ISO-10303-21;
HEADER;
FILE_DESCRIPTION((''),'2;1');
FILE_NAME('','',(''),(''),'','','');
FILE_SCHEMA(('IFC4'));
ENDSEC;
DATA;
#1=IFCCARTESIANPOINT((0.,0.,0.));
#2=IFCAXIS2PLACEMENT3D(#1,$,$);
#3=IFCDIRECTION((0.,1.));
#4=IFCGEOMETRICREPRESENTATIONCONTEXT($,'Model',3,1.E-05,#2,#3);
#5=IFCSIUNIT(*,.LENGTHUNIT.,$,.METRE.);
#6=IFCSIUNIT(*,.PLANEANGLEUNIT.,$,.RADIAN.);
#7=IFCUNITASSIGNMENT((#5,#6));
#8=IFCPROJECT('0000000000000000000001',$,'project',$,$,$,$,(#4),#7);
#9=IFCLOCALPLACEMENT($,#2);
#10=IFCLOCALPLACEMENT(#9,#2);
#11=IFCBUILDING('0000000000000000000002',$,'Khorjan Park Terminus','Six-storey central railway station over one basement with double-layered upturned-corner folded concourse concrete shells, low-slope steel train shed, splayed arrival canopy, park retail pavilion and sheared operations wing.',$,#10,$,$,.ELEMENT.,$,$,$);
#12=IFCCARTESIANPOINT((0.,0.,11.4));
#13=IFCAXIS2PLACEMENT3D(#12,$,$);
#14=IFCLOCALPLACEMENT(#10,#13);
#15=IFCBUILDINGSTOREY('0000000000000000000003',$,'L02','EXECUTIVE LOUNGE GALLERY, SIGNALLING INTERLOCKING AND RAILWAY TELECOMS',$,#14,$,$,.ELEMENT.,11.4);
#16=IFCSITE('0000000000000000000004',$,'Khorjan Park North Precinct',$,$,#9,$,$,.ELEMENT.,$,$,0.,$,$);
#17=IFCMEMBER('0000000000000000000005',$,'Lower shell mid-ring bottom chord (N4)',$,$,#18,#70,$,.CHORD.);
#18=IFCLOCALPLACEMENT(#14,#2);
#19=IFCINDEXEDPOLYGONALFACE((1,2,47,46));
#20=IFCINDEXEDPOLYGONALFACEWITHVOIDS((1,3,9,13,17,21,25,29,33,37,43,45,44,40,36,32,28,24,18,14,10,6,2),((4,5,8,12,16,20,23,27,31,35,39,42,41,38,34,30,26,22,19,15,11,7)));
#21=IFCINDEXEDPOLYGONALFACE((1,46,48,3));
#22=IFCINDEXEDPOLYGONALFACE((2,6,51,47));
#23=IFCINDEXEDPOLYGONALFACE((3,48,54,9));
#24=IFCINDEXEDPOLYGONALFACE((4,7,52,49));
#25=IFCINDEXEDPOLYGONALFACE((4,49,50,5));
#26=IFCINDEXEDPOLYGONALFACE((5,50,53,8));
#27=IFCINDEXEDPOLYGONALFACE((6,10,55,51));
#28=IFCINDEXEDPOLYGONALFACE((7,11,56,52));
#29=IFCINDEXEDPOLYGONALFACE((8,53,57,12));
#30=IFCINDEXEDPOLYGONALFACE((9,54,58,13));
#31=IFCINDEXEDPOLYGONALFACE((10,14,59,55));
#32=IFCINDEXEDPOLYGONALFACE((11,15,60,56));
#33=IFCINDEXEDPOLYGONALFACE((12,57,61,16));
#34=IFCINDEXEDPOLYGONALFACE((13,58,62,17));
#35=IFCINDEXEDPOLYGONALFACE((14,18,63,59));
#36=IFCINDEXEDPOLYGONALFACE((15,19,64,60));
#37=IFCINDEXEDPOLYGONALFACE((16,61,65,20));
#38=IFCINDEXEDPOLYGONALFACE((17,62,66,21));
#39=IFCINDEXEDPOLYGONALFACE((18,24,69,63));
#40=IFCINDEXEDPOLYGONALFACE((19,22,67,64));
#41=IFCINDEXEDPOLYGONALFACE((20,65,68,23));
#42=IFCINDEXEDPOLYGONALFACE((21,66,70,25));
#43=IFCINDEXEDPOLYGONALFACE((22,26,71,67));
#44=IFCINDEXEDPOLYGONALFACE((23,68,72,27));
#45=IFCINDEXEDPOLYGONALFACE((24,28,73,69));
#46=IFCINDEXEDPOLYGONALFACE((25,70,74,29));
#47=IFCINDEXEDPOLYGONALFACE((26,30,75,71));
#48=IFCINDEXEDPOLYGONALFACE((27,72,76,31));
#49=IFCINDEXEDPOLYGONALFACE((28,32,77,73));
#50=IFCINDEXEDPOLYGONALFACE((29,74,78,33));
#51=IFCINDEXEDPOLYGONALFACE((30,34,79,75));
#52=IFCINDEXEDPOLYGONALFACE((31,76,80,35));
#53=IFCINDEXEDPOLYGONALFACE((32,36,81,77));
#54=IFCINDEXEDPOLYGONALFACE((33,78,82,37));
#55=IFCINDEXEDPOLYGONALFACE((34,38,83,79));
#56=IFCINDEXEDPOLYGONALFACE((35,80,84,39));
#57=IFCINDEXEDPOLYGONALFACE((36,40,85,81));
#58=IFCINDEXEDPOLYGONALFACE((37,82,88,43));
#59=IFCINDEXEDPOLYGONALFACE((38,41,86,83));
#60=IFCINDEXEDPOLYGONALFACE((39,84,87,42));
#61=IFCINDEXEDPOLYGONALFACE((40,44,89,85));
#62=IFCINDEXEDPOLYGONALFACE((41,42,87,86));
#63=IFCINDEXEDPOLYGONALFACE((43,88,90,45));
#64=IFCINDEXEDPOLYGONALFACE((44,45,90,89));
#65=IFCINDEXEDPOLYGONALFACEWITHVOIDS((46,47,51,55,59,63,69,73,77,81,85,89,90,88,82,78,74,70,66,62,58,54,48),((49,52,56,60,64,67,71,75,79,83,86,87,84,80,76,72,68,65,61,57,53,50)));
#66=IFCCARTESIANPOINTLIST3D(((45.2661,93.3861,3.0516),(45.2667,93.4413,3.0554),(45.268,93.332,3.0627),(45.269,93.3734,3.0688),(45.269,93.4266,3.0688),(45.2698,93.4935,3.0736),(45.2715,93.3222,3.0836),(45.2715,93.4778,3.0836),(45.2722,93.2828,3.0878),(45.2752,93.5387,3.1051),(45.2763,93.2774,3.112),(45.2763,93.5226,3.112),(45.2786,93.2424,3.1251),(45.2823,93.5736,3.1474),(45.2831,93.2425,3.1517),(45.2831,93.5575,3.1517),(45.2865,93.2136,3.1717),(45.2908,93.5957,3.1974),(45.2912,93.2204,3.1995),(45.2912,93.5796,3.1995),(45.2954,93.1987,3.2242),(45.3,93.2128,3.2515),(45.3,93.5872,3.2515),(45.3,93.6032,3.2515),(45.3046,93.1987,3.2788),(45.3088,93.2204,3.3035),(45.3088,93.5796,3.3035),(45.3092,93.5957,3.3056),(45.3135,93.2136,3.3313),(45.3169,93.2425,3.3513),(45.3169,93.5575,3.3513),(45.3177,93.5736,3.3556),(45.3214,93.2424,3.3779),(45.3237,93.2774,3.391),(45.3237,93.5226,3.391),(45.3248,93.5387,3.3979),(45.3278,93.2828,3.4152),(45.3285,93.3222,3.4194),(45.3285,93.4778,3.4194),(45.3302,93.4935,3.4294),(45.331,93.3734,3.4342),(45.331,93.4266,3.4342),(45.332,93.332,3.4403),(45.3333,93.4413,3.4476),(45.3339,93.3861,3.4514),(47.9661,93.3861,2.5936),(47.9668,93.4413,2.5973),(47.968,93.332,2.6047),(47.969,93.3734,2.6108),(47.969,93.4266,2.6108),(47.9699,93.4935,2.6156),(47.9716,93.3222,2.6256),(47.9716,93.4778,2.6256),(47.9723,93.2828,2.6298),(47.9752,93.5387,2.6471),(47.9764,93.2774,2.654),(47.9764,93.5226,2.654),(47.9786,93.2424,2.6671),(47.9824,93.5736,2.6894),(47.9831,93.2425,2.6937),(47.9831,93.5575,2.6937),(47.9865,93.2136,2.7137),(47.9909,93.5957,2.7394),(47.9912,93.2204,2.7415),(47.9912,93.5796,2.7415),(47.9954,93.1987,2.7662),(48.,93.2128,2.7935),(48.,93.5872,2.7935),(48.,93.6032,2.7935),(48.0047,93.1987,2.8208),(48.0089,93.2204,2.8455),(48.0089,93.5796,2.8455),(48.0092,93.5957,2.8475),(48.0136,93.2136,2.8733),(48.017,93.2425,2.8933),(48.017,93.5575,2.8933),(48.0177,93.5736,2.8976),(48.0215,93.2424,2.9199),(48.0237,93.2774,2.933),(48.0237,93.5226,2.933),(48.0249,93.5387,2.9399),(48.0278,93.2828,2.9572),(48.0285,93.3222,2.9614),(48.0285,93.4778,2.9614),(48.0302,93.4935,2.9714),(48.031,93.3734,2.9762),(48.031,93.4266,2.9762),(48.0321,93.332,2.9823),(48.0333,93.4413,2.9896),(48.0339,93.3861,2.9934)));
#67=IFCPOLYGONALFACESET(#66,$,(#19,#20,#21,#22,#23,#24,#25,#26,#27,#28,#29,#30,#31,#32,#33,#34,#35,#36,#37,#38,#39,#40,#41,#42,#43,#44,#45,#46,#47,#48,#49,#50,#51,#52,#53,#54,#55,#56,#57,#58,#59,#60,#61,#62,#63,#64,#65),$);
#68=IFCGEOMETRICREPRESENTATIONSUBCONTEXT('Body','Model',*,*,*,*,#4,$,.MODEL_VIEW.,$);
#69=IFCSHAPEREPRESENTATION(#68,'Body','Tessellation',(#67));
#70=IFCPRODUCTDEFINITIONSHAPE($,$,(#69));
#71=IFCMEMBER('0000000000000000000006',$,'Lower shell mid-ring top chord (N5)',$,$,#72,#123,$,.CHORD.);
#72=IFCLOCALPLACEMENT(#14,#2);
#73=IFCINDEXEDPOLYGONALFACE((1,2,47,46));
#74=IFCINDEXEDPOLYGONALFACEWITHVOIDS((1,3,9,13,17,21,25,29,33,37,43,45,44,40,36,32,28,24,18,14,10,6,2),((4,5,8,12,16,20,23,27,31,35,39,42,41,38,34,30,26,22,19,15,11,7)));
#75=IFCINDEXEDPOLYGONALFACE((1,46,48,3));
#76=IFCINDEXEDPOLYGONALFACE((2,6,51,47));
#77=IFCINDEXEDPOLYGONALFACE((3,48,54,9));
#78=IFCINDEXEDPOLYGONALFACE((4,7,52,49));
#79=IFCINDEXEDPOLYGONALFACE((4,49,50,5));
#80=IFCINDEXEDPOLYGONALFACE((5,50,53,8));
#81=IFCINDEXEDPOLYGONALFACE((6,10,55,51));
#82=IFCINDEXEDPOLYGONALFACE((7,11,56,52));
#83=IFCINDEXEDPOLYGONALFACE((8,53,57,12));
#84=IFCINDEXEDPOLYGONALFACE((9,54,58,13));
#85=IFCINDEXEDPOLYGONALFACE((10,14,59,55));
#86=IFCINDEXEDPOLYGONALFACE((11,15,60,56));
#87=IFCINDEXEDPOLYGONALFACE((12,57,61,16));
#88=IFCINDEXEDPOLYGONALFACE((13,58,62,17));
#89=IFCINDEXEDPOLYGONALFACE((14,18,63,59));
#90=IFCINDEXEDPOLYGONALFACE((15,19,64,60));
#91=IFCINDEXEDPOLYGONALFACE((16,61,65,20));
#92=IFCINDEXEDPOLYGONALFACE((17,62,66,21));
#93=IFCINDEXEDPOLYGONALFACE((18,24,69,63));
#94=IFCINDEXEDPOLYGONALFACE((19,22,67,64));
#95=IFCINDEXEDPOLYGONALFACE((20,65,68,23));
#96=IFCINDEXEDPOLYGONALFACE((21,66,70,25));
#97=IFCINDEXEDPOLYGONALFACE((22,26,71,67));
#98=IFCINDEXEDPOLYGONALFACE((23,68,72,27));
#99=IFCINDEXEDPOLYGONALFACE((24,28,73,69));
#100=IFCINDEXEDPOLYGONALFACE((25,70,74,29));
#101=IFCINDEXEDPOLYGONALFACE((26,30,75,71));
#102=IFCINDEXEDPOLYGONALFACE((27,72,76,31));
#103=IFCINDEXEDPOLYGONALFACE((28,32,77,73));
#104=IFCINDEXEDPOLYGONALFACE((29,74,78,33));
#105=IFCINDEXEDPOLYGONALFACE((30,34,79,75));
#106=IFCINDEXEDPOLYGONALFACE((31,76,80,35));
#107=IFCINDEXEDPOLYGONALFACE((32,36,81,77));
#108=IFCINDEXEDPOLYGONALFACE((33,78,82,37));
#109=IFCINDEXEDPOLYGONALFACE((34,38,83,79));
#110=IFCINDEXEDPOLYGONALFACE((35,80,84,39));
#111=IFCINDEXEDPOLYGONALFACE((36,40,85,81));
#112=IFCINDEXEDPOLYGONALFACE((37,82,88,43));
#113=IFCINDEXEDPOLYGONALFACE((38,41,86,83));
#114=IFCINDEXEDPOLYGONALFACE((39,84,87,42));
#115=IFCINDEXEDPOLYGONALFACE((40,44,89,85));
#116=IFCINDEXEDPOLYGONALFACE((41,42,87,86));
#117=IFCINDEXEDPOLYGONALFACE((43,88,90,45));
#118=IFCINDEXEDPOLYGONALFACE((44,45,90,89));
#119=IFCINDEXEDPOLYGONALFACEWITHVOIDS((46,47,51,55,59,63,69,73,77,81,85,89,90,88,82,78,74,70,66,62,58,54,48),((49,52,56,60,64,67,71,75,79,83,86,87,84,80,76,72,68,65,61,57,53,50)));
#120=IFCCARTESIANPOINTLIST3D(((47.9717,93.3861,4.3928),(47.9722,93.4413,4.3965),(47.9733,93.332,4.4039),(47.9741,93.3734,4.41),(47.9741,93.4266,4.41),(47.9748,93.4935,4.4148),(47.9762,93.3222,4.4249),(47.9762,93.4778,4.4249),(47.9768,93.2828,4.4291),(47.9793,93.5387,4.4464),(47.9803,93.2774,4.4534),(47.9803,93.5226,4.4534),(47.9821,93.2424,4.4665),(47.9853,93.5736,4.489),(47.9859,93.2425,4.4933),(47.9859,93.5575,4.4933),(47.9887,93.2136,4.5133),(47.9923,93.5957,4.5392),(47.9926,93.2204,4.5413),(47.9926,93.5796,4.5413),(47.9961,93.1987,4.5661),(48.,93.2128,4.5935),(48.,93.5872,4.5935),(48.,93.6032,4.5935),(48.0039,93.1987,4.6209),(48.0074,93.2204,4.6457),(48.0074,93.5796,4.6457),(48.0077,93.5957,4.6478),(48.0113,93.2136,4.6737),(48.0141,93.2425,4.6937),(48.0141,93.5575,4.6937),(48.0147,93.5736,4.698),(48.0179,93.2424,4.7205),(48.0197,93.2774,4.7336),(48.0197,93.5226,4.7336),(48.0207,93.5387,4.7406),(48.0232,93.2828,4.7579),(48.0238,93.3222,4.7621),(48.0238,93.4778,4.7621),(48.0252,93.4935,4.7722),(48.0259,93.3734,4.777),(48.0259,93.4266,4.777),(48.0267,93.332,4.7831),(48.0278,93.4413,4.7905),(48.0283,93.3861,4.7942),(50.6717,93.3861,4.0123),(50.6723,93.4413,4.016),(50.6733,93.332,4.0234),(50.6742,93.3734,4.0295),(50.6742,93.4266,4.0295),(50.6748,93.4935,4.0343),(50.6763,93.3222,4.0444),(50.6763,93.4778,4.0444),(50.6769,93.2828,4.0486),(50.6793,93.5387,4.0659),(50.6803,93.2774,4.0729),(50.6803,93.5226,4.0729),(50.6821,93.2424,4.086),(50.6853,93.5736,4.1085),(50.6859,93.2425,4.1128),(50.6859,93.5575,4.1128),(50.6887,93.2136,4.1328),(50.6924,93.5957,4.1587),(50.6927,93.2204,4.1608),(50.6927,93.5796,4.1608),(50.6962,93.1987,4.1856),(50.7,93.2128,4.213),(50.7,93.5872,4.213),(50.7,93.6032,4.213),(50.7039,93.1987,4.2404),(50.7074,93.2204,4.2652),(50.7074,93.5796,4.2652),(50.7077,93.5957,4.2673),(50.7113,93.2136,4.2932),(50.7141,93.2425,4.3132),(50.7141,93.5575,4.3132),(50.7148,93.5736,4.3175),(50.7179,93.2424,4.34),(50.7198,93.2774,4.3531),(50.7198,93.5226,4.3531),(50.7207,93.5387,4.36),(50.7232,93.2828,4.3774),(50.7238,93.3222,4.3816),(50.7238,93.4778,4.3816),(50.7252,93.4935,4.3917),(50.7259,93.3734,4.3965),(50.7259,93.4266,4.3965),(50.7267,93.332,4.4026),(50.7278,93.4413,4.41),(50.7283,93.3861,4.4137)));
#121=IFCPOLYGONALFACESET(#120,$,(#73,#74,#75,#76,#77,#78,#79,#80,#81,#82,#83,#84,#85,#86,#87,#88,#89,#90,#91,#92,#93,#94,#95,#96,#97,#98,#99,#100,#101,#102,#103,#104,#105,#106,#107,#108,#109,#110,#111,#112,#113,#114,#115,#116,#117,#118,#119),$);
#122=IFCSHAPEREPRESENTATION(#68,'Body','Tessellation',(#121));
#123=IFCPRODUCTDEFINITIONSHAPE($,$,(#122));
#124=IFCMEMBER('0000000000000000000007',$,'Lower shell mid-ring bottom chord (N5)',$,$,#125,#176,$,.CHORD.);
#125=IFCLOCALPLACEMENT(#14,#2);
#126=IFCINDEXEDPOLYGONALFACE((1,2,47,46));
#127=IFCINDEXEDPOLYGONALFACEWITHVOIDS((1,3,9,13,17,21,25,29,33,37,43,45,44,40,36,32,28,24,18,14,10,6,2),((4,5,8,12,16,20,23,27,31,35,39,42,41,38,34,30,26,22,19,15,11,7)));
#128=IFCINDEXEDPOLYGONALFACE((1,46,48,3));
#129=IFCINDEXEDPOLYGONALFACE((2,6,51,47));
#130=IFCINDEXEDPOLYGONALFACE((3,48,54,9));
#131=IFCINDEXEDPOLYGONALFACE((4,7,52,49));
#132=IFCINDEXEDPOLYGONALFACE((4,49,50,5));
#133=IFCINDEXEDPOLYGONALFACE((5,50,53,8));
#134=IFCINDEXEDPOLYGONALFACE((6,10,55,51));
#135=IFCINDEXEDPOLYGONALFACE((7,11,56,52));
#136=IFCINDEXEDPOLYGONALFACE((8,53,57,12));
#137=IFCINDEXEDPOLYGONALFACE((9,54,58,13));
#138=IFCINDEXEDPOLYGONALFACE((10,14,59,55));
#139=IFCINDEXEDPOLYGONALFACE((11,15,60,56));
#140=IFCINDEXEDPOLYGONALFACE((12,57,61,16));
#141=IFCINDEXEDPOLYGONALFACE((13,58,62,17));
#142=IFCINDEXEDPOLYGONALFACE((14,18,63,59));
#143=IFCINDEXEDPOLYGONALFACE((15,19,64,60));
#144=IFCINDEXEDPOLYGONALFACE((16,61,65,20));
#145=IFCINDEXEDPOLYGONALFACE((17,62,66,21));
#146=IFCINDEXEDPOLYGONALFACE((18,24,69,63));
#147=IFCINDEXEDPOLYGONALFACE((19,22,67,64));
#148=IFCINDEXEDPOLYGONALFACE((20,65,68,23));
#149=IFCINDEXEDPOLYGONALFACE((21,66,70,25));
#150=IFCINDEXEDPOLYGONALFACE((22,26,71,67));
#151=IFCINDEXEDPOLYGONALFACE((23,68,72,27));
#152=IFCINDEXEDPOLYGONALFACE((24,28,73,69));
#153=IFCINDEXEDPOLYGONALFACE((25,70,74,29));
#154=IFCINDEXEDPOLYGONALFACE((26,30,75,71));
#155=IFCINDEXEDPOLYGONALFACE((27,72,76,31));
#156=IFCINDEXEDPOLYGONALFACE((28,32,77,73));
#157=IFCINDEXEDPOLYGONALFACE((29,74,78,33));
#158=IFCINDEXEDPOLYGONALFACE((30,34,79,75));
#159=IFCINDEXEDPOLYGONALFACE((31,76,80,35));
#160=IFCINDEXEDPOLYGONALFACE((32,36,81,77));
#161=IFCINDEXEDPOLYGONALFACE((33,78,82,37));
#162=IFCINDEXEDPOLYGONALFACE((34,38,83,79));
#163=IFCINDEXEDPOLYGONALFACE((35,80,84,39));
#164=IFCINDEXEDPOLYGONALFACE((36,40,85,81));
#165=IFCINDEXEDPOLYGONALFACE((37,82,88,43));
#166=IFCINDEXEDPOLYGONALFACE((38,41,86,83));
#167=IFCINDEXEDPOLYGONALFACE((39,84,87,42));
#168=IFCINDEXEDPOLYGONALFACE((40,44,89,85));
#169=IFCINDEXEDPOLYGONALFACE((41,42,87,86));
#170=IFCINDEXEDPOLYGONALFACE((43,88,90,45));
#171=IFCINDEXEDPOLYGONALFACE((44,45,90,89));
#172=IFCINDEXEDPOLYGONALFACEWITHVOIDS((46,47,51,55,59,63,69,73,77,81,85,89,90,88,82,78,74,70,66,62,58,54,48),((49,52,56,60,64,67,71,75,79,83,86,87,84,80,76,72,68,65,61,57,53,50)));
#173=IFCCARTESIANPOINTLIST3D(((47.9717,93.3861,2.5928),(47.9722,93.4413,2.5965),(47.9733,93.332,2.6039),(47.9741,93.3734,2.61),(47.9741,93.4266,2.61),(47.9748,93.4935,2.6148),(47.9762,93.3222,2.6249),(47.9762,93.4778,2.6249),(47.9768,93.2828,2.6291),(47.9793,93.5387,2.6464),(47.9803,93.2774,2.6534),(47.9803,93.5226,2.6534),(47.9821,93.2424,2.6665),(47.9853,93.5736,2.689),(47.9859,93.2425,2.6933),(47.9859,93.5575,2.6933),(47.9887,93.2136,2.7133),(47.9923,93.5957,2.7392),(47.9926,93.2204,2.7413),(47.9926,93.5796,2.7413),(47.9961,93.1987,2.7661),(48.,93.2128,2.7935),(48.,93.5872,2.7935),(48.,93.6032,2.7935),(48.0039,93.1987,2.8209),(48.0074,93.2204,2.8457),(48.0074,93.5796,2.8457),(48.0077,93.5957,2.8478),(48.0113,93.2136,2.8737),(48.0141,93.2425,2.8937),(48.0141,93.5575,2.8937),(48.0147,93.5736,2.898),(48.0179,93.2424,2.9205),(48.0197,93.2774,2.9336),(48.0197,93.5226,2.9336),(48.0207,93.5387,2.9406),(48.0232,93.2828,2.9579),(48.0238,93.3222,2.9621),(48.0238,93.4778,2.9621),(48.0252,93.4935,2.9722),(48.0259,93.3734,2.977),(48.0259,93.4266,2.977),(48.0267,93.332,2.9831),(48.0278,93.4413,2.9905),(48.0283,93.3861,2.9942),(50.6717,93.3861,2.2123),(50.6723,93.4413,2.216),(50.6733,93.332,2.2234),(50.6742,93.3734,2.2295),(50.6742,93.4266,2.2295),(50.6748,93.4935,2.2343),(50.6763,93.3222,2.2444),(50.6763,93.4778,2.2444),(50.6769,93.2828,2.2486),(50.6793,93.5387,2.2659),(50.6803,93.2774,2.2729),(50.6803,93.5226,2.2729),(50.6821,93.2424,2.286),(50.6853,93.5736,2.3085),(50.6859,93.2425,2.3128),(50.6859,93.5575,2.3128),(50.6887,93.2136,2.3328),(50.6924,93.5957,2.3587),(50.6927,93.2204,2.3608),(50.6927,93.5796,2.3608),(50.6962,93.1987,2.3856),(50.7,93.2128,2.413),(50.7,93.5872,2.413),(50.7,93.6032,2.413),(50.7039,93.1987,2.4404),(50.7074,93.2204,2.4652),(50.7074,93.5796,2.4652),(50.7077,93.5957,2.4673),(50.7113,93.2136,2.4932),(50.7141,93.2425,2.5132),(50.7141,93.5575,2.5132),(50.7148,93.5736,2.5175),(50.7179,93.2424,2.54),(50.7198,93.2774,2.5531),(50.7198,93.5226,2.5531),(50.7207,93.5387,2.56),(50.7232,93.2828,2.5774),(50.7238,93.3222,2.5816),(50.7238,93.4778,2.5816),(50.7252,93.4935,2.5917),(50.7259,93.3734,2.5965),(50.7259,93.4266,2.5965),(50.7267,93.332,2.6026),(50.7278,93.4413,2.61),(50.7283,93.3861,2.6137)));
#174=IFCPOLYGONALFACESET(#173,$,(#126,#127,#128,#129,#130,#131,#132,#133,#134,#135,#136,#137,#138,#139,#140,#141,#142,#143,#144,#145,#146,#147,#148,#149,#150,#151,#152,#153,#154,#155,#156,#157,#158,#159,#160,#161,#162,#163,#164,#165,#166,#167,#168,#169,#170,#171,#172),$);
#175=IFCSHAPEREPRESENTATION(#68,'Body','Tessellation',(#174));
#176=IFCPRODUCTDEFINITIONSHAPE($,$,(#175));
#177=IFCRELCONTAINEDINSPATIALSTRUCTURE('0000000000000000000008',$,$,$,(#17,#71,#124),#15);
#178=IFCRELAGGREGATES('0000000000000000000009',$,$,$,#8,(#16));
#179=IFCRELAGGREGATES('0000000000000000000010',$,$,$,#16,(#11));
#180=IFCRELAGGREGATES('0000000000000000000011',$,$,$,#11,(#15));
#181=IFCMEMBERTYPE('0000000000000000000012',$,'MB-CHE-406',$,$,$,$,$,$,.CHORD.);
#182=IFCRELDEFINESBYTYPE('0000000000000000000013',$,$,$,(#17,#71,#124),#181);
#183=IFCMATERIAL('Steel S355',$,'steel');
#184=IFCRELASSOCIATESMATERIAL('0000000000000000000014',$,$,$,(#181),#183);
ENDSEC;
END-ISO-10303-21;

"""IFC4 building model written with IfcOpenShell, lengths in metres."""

from ifc_helpers import new_model, si_unit, direction, frame, origin, origin_2d, place, context, subcontext, project, spatial, hollow_circle, extrude, material, material_profile, profile_set, type_object, element, save


model = new_model("IFC4")

# Units and contexts
model_context = context("Model", 3, precision=1e-05, world=origin(), true_north=direction((0.0, 1.0)))
body_context = subcontext(model_context, "Body", "Model", "MODEL_VIEW")
ifc_project = project(units=[si_unit("LENGTHUNIT", "METRE"), si_unit("PLANEANGLEUNIT", "RADIAN")], contexts=[model_context])

# Site, building, storey
site_placement = place(None, origin())
site = spatial("IfcSite", under=ifc_project, at=site_placement, Name="Khorjan Park North Precinct", CompositionType="ELEMENT", RefElevation=0.0)
building_placement = place(site_placement, origin())
building = spatial("IfcBuilding", under=site, at=building_placement, Name="Khorjan Park Terminus", Description="Six-storey central railway station over one basement with double-layered upturned-corner folded concourse concrete shells, low-slope steel train shed, splayed arrival canopy, park retail pavilion and sheared operations wing.", CompositionType="ELEMENT")
storey_placement = place(building_placement, frame((0.0, 0.0, 11.4)))
storey = spatial("IfcBuildingStorey", under=building, at=storey_placement, Name="L02", Description="EXECUTIVE LOUNGE GALLERY, SIGNALLING INTERLOCKING AND RAILWAY TELECOMS", CompositionType="ELEMENT", Elevation=11.4)

# Members
ifc_material_1 = material(Name="Steel S355", Category="steel")
ifc_material_profile_1 = material_profile(ifc_material_1, hollow_circle(Radius=0.2032, WallThickness=0.016, at=origin_2d()), Name="CHS 406.4x16")
ifc_profile_set_1 = profile_set([ifc_material_profile_1], Name="Steel S355")
member_type_1 = type_object("IfcMemberType", Name="MB-CHE-406", PredefinedType="CHORD", material=ifc_profile_set_1)
for number, where, z_axis, x_axis, name in (
    (1, (45.3, 93.4, 3.2515), (0.985916, 0.0, -0.167241), (0.0, 1.0, 0.0), "Lower shell mid-ring bottom chord (N4)"),
):
    element("IfcMember", number, at=place(storey_placement, frame(where, z_axis=z_axis, x_axis=x_axis)), inside=storey, type_object=member_type_1, Name=name, PredefinedType="CHORD", context=body_context, shape_type="SweptSolid", body=[
        extrude(hollow_circle(Radius=0.2032, WallThickness=0.016, at=origin_2d()), origin(), (0.0, 0.0, 1.0), 2.7386),
    ])
for number, where, z_axis, x_axis, name in (
    (2, (48.0, 93.4, 4.5935), (0.990215, 0.0, -0.139547), (0.0, 1.0, 0.0), "Lower shell mid-ring top chord (N5)"),
    (3, (48.0, 93.4, 2.7935), (0.990215, 0.0, -0.139547), (0.0, 1.0, 0.0), "Lower shell mid-ring bottom chord (N5)"),
):
    element("IfcMember", number, at=place(storey_placement, frame(where, z_axis=z_axis, x_axis=x_axis)), inside=storey, type_object=member_type_1, Name=name, PredefinedType="CHORD", context=body_context, shape_type="SweptSolid", body=[
        extrude(hollow_circle(Radius=0.2032, WallThickness=0.016, at=origin_2d()), origin(), (0.0, 0.0, 1.0), 2.7267),
    ])

save(model, "model.ifc")
